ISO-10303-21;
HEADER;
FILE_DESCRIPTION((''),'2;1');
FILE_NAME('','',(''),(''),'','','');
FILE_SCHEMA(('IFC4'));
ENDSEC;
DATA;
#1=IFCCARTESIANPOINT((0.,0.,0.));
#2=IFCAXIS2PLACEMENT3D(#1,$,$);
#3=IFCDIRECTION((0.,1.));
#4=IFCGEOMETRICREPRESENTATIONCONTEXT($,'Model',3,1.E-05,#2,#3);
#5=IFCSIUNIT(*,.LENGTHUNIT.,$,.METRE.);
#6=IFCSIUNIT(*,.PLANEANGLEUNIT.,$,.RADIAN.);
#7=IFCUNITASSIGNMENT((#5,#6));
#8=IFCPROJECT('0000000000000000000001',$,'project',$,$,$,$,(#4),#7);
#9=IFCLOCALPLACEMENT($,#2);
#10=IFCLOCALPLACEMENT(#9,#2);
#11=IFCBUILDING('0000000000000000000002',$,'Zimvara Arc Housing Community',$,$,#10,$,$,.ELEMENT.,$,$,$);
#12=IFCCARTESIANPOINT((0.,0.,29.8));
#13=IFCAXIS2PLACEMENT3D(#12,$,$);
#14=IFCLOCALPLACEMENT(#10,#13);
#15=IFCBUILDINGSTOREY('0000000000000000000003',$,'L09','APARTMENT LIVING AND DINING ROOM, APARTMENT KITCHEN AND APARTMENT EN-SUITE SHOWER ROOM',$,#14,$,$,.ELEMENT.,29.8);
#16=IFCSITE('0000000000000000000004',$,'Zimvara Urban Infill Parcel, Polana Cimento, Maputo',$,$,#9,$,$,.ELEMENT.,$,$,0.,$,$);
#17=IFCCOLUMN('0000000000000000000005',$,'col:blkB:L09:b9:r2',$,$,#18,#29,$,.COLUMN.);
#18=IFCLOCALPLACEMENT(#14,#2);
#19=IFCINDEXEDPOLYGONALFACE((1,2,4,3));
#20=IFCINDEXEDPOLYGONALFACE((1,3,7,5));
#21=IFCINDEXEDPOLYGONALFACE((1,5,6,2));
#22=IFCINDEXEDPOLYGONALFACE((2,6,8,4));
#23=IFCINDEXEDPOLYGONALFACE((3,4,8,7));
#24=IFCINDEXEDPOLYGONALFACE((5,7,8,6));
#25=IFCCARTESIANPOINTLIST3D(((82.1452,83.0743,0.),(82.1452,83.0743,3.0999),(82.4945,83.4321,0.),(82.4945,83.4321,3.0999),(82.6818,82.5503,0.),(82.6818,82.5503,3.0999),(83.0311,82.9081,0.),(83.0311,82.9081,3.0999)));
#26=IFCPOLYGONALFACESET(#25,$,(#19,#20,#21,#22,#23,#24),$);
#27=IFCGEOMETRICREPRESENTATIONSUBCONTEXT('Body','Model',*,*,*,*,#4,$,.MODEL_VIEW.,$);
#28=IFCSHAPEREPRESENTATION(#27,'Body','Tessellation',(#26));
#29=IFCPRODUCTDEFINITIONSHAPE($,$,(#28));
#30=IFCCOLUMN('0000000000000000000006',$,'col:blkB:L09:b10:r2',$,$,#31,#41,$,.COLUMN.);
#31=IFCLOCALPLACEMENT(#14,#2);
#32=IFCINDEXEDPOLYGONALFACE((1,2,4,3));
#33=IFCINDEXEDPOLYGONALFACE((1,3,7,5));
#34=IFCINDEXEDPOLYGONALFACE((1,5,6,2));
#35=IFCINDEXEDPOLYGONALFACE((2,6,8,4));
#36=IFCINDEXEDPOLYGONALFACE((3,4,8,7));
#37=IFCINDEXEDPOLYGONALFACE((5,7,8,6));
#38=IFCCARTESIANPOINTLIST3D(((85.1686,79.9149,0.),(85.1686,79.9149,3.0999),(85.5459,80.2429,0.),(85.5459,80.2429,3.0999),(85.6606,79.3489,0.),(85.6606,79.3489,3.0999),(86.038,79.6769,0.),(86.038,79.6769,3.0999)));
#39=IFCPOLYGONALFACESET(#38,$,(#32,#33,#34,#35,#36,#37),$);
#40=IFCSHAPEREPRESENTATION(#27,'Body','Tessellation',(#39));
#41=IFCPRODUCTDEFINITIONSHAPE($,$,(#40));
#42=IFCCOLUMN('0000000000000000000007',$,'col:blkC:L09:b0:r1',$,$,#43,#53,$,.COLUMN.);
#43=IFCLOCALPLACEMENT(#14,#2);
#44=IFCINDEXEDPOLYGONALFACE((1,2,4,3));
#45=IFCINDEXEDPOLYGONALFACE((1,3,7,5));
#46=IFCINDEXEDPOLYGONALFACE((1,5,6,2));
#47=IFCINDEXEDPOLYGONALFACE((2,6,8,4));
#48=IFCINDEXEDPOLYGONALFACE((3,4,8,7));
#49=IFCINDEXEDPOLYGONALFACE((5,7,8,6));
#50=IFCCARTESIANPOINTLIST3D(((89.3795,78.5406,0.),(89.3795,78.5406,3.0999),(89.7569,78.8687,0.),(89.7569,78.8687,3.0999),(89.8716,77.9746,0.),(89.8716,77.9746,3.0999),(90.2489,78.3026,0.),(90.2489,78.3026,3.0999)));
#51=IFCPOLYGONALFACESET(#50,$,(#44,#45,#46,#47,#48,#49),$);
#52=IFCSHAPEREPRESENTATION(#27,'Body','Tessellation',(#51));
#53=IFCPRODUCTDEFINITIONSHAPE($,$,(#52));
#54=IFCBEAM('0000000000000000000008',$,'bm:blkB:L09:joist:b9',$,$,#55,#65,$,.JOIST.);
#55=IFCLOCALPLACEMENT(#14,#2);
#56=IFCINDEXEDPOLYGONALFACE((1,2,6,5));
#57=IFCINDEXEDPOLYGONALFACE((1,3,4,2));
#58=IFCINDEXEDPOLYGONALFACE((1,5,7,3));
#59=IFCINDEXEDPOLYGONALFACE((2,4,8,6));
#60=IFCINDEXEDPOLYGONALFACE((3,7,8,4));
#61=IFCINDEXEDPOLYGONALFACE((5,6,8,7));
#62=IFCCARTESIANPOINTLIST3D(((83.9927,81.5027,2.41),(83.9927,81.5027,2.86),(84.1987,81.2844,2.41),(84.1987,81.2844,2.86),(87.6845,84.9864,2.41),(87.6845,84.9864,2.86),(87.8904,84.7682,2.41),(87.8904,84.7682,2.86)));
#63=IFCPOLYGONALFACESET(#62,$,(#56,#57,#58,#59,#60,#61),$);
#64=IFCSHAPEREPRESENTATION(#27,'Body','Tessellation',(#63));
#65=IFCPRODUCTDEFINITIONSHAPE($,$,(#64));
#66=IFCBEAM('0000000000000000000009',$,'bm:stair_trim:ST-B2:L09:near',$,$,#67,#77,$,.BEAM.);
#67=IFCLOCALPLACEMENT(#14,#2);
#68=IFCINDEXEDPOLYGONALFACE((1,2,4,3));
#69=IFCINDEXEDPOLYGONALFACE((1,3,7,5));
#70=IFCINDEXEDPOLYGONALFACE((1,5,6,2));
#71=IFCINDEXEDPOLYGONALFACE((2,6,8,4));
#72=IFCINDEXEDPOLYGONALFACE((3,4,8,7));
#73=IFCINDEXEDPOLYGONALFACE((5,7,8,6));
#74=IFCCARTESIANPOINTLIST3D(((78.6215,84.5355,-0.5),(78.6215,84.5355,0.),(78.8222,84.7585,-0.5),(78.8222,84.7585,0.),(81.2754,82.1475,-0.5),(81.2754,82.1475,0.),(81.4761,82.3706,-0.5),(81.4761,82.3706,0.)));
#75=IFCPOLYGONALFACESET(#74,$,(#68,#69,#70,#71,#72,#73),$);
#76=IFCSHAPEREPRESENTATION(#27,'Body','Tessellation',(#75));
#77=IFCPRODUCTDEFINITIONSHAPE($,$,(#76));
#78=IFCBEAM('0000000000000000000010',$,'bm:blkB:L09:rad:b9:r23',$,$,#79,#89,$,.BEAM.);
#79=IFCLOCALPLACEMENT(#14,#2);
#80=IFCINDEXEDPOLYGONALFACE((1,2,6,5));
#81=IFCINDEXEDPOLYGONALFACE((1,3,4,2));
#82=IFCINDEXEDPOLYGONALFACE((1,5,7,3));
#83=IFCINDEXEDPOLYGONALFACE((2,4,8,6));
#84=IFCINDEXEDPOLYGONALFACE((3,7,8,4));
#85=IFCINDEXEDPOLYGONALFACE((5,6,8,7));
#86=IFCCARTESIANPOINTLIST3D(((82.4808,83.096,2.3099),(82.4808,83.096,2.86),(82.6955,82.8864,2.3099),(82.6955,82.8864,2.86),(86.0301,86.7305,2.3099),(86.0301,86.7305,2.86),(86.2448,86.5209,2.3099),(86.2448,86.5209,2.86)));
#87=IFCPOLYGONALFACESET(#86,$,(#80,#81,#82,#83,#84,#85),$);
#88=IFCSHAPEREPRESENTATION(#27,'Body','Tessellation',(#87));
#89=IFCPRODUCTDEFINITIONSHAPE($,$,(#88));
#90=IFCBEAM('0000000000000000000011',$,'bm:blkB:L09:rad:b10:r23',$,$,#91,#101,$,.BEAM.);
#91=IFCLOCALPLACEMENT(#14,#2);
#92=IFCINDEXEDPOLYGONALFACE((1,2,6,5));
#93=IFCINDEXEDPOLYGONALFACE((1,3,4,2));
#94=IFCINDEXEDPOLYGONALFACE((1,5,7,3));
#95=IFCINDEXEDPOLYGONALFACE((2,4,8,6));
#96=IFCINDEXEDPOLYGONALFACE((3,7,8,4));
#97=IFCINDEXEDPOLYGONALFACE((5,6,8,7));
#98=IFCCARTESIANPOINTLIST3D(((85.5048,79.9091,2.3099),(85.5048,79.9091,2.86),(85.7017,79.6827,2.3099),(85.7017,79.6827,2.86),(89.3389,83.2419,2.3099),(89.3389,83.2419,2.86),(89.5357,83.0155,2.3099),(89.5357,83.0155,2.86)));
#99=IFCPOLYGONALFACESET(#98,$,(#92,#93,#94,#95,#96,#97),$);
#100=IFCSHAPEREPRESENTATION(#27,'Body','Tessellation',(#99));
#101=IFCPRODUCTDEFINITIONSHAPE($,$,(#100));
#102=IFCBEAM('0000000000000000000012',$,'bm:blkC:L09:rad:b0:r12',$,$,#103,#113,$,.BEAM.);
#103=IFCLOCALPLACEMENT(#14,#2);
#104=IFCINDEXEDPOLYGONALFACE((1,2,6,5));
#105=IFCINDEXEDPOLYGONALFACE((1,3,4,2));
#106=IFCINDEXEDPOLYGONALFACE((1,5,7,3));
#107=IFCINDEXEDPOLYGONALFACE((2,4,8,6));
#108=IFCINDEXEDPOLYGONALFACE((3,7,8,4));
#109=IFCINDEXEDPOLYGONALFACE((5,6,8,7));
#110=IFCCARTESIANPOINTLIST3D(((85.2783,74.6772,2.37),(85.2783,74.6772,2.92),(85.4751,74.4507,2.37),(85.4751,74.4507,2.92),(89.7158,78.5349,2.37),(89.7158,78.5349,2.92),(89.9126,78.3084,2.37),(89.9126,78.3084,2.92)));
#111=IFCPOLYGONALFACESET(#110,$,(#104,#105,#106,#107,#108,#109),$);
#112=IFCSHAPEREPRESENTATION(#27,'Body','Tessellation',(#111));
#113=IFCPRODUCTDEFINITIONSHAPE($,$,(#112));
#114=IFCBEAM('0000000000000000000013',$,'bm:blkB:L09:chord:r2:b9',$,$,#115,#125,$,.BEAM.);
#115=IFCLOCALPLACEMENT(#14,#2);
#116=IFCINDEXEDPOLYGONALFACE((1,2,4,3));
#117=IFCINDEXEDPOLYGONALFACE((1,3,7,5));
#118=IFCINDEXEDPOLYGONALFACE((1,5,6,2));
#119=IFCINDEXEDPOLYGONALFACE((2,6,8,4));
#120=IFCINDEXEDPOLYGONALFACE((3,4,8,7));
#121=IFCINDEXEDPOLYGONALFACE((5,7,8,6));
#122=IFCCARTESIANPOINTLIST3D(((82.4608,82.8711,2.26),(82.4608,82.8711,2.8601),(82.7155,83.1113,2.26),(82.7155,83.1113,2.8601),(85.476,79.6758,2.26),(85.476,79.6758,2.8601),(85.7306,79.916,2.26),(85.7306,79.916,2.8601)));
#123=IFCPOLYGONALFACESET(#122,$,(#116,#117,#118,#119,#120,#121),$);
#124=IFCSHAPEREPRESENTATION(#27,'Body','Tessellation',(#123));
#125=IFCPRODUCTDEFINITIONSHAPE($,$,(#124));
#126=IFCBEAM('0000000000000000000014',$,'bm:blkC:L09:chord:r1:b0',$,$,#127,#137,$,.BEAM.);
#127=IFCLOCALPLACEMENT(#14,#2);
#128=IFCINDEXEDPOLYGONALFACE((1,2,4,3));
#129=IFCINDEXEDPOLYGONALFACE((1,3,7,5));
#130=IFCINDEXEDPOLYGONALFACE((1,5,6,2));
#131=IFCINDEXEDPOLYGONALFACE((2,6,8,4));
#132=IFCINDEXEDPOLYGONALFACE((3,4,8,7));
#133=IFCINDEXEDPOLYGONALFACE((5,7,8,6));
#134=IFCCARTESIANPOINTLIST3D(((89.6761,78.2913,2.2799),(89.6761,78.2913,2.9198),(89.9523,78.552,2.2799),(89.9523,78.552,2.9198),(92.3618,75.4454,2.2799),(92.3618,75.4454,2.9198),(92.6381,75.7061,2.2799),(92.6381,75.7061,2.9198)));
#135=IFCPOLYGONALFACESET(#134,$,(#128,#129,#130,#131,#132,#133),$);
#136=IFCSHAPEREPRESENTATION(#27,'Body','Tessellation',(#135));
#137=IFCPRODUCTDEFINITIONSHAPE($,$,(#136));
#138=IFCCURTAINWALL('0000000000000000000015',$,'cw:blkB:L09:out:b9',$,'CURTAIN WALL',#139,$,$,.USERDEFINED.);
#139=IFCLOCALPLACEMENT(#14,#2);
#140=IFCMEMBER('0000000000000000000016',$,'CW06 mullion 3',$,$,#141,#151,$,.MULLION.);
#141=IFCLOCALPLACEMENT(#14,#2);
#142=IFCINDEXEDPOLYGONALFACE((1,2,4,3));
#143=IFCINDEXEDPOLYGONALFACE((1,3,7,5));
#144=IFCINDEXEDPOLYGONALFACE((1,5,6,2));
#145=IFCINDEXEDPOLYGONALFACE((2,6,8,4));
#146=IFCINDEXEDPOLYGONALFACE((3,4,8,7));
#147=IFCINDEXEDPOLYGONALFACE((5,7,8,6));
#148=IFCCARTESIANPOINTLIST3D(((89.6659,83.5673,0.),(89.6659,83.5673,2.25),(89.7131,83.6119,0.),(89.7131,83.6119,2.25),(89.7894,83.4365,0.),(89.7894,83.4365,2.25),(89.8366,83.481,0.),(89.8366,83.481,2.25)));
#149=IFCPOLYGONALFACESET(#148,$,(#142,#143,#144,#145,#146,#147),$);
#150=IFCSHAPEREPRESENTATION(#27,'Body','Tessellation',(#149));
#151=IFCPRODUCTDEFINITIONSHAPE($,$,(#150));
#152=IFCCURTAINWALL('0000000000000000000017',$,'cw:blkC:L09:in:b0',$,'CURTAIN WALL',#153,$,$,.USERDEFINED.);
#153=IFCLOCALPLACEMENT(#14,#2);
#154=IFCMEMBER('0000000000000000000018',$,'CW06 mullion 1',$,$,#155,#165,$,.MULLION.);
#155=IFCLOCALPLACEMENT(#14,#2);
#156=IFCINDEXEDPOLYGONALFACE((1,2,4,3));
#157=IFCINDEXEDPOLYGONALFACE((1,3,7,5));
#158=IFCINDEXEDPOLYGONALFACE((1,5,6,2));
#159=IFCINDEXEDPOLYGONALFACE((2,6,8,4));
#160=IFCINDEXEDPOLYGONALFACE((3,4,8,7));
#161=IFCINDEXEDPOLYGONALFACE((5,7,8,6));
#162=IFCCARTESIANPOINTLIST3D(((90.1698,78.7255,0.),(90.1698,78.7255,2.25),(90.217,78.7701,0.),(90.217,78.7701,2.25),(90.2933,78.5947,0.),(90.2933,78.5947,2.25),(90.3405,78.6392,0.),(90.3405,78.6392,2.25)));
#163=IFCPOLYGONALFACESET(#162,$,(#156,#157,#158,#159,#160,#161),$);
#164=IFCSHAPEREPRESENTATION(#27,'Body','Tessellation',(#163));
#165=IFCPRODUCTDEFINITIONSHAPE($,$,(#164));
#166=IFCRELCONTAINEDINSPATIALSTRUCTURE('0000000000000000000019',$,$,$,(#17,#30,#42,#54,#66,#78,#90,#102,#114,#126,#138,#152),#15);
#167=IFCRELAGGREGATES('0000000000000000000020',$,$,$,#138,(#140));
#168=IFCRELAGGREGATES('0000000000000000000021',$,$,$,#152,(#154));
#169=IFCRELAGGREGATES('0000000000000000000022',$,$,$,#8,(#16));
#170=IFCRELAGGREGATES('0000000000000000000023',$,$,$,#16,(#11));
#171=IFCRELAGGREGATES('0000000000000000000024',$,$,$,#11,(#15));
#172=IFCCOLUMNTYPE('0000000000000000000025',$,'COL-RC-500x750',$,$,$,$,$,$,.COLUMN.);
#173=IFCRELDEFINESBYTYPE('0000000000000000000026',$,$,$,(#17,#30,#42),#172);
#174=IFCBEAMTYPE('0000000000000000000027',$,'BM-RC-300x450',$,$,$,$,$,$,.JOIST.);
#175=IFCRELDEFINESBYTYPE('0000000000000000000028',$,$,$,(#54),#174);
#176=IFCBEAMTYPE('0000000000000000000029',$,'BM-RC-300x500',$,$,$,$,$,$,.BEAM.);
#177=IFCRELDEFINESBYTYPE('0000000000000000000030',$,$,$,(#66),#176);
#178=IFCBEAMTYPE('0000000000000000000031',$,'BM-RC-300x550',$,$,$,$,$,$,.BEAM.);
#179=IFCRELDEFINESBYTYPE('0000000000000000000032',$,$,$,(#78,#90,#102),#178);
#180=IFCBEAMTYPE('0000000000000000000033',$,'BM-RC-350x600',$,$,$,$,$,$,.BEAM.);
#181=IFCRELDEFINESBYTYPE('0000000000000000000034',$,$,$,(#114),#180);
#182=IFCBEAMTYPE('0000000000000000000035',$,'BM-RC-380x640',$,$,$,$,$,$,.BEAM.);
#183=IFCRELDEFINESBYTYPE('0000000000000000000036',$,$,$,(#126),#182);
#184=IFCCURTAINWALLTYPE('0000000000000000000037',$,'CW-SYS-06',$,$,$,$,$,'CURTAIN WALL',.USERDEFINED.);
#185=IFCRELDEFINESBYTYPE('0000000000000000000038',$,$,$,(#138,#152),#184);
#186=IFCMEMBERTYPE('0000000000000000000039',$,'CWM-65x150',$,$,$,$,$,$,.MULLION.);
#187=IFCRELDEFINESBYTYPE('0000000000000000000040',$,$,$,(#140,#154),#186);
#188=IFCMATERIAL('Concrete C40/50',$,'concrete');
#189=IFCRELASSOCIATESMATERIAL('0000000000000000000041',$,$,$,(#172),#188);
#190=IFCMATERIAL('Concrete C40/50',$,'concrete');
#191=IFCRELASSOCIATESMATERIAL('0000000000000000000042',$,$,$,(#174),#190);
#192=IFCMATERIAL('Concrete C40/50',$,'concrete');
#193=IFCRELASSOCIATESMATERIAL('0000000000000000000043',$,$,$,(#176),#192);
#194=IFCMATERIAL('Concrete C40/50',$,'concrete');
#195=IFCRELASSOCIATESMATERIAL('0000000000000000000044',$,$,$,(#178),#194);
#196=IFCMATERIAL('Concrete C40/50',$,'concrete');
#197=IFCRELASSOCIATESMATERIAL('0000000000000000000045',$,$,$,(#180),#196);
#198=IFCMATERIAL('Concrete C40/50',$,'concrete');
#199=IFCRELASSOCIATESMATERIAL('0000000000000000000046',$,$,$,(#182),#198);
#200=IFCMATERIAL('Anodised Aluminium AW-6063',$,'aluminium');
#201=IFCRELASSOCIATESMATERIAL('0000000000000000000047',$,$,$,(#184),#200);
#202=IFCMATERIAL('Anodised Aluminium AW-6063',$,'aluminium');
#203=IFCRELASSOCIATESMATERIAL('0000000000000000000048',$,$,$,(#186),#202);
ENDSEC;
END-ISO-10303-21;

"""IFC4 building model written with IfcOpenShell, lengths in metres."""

from ifc_helpers import new_model, si_unit, direction, frame, origin, origin_2d, place, context, subcontext, project, spatial, rectangle, extrude, material, material_profile, profile_set, type_object, element, aggregate, save


model = new_model("IFC4")

# Units and contexts
model_context = context("Model", 3, precision=1e-05, world=origin(), true_north=direction((0.0, 1.0)))
body_context = subcontext(model_context, "Body", "Model", "MODEL_VIEW")
ifc_project = project(units=[si_unit("LENGTHUNIT", "METRE"), si_unit("PLANEANGLEUNIT", "RADIAN")], contexts=[model_context])

# Site, building, storey
site_placement = place(None, origin())
site = spatial("IfcSite", under=ifc_project, at=site_placement, Name="Zimvara Urban Infill Parcel, Polana Cimento, Maputo", CompositionType="ELEMENT", RefElevation=0.0)
building_placement = place(site_placement, origin())
building = spatial("IfcBuilding", under=site, at=building_placement, Name="Zimvara Arc Housing Community", CompositionType="ELEMENT")
storey_placement = place(building_placement, frame((0.0, 0.0, 29.8)))
storey = spatial("IfcBuildingStorey", under=building, at=storey_placement, Name="L09", Description="APARTMENT LIVING AND DINING ROOM, APARTMENT KITCHEN AND APARTMENT EN-SUITE SHOWER ROOM", CompositionType="ELEMENT", Elevation=29.8)

# Columns
ifc_material_1 = material(Name="Concrete C40/50", Category="concrete")
ifc_material_profile_1 = material_profile(ifc_material_1, rectangle(XDim=0.5, YDim=0.75, at=origin_2d()), Name="RC 500x750")
ifc_profile_set_1 = profile_set([ifc_material_profile_1], Name="Concrete C40/50")
column_type_1 = type_object("IfcColumnType", Name="COL-RC-500x750", PredefinedType="COLUMN", material=ifc_profile_set_1)
for number, where, z_axis, x_axis, name in (
    (1, (82.5881, 82.9912, 0.0), (0.0, 0.0, 1.0), (0.698665, 0.715449, 0.0), "col:blkB:L09:b9:r2"),
    (2, (85.6033, 79.7959, 0.0), (0.0, 0.0, 1.0), (0.75471, 0.656059, 0.0), "col:blkB:L09:b10:r2"),
    (3, (89.8142, 78.4216, 0.0), (0.0, 0.0, 1.0), (-0.75471, -0.656059, 0.0), "col:blkC:L09:b0:r1"),
):
    element("IfcColumn", number, at=place(storey_placement, frame(where, z_axis=z_axis, x_axis=x_axis)), inside=storey, type_object=column_type_1, Name=name, PredefinedType="COLUMN", context=body_context, shape_type="SweptSolid", body=[
        extrude(rectangle(XDim=0.5, YDim=0.75, at=origin_2d()), origin(), (0.0, 0.0, 1.0), 3.0999),
    ])

# Beams
ifc_material_2 = material(Name="Concrete C40/50", Category="concrete")
ifc_material_profile_2 = material_profile(ifc_material_2, rectangle(XDim=0.3, YDim=0.45, at=origin_2d()), Name="RC 300x450")
ifc_profile_set_2 = profile_set([ifc_material_profile_2], Name="Concrete C40/50")
beam_type_1 = type_object("IfcBeamType", Name="BM-RC-300x450", PredefinedType="JOIST", material=ifc_profile_set_2)
beam_1_placement = place(storey_placement, frame((84.0957, 81.3936, 2.635), z_axis=(0.7273, 0.68632, 0.0), x_axis=(-0.68632, 0.7273, 0.0)))
element("IfcBeam", 4, at=beam_1_placement, inside=storey, type_object=beam_type_1, Name="bm:blkB:L09:joist:b9", PredefinedType="JOIST", context=body_context, shape_type="SweptSolid", body=[
    extrude(rectangle(XDim=0.3, YDim=0.45, at=origin_2d()), origin(), (0.0, 0.0, 1.0), 5.0759),
])
ifc_material_3 = material(Name="Concrete C40/50", Category="concrete")
ifc_material_profile_3 = material_profile(ifc_material_3, rectangle(XDim=0.3, YDim=0.5, at=origin_2d()), Name="RC 300x500")
ifc_profile_set_3 = profile_set([ifc_material_profile_3], Name="Concrete C40/50")
beam_type_2 = type_object("IfcBeamType", Name="BM-RC-300x500", PredefinedType="BEAM", material=ifc_profile_set_3)
beam_2_placement = place(storey_placement, frame((81.3757, 82.259, -0.25), z_axis=(-0.743362, 0.668889, 0.0), x_axis=(-0.668889, -0.743362, 0.0)))
element("IfcBeam", 5, at=beam_2_placement, inside=storey, type_object=beam_type_2, Name="bm:stair_trim:ST-B2:L09:near", PredefinedType="BEAM", context=body_context, shape_type="SweptSolid", body=[
    extrude(rectangle(XDim=0.3, YDim=0.5, at=origin_2d()), origin(), (0.0, 0.0, 1.0), 3.5701),
])
ifc_material_4 = material(Name="Concrete C40/50", Category="concrete")
ifc_material_profile_4 = material_profile(ifc_material_4, rectangle(XDim=0.3, YDim=0.55, at=origin_2d()), Name="RC 300x550")
ifc_profile_set_4 = profile_set([ifc_material_profile_4], Name="Concrete C40/50")
beam_type_3 = type_object("IfcBeamType", Name="BM-RC-300x550", PredefinedType="BEAM", material=ifc_profile_set_4)
for number, where, z_axis, x_axis, name in (
    (6, (82.5881, 82.9912, 2.585), (0.698671, 0.715443, 0.0), (-0.715443, 0.698671, 0.0), "bm:blkB:L09:rad:b9:r23"),
    (7, (85.6033, 79.7959, 2.585), (0.754716, 0.656051, 0.0), (-0.656051, 0.754716, 0.0), "bm:blkB:L09:rad:b10:r23"),
):
    element("IfcBeam", number, at=place(storey_placement, frame(where, z_axis=z_axis, x_axis=x_axis)), inside=storey, type_object=beam_type_3, Name=name, PredefinedType="BEAM", context=body_context, shape_type="SweptSolid", body=[
        extrude(rectangle(XDim=0.3, YDim=0.55, at=origin_2d()), origin(), (0.0, 0.0, 1.0), 5.0801),
    ])
beam_3_placement = place(storey_placement, frame((89.8142, 78.4216, 2.645), z_axis=(-0.754692, -0.656079, 0.0), x_axis=(0.656079, -0.754692, 0.0)))
element("IfcBeam", 8, at=beam_3_placement, inside=storey, type_object=beam_type_3, Name="bm:blkC:L09:rad:b0:r12", PredefinedType="BEAM", context=body_context, shape_type="SweptSolid", body=[
    extrude(rectangle(XDim=0.3, YDim=0.55, at=origin_2d()), origin(), (0.0, 0.0, 1.0), 5.8799),
])
ifc_material_5 = material(Name="Concrete C40/50", Category="concrete")
ifc_material_profile_5 = material_profile(ifc_material_5, rectangle(XDim=0.3501, YDim=0.6001, at=origin_2d()), Name="RC 350x600")
ifc_profile_set_5 = profile_set([ifc_material_profile_5], Name="Concrete C40/50")
beam_type_4 = type_object("IfcBeamType", Name="BM-RC-350x600", PredefinedType="BEAM", material=ifc_profile_set_5)
beam_4_placement = place(storey_placement, frame((82.5881, 82.9912, 2.5601), z_axis=(0.686304, -0.727315, 0.0), x_axis=(0.727315, 0.686304, 0.0)))
element("IfcBeam", 9, at=beam_4_placement, inside=storey, type_object=beam_type_4, Name="bm:blkB:L09:chord:r2:b9", PredefinedType="BEAM", context=body_context, shape_type="SweptSolid", body=[
    extrude(rectangle(XDim=0.3501, YDim=0.6001, at=origin_2d()), origin(), (0.0, 0.0, 1.0), 4.3933),
])
ifc_material_6 = material(Name="Concrete C40/50", Category="concrete")
ifc_material_profile_6 = material_profile(ifc_material_6, rectangle(XDim=0.3799, YDim=0.6399, at=origin_2d()), Name="RC 380x640")
ifc_profile_set_6 = profile_set([ifc_material_profile_6], Name="Concrete C40/50")
beam_type_5 = type_object("IfcBeamType", Name="BM-RC-380x640", PredefinedType="BEAM", material=ifc_profile_set_6)
beam_5_placement = place(storey_placement, frame((89.8142, 78.4216, 2.5999), z_axis=(0.686347, -0.727274, 0.0), x_axis=(0.727274, 0.686347, 0.0)))
element("IfcBeam", 10, at=beam_5_placement, inside=storey, type_object=beam_type_5, Name="bm:blkC:L09:chord:r1:b0", PredefinedType="BEAM", context=body_context, shape_type="SweptSolid", body=[
    extrude(rectangle(XDim=0.3799, YDim=0.6399, at=origin_2d()), origin(), (0.0, 0.0, 1.0), 3.9131),
])

# Curtain walls, members
ifc_material_7 = material(Name="Anodised Aluminium AW-6063", Category="aluminium")
curtain_wall_type = type_object("IfcCurtainWallType", Name="CW-SYS-06", ElementType="CURTAIN WALL", PredefinedType="USERDEFINED", material=ifc_material_7)
curtain_wall_1_placement = place(storey_placement, origin())
curtain_wall_1 = element("IfcCurtainWall", 11, at=curtain_wall_1_placement, inside=storey, type_object=curtain_wall_type, Name="cw:blkB:L09:out:b9", ObjectType="CURTAIN WALL", PredefinedType="USERDEFINED")
ifc_material_8 = material(Name="Anodised Aluminium AW-6063", Category="aluminium")
ifc_material_profile_7 = material_profile(ifc_material_8, rectangle(XDim=0.0649, YDim=0.1799, at=origin_2d()), Name="ALU 65x180")
ifc_profile_set_7 = profile_set([ifc_material_profile_7], Name="Anodised Aluminium AW-6063")
member_type = type_object("IfcMemberType", Name="CWM-65x150", PredefinedType="MULLION", material=ifc_profile_set_7)
member_1_placement = place(storey_placement, frame((89.7512, 83.5242, 0.0), z_axis=(0.0, 0.0, 1.0), x_axis=(0.727294, 0.686326, 0.0)))
member_1 = element("IfcMember", 12, at=member_1_placement, type_object=member_type, Name="CW06 mullion 3", PredefinedType="MULLION", context=body_context, shape_type="SweptSolid", body=[
    extrude(rectangle(XDim=0.0649, YDim=0.1799, at=origin_2d()), origin(), (0.0, 0.0, 1.0), 2.25),
])
aggregate(curtain_wall_1, [member_1])
curtain_wall_2_placement = place(storey_placement, origin())
curtain_wall_2 = element("IfcCurtainWall", 13, at=curtain_wall_2_placement, inside=storey, type_object=curtain_wall_type, Name="cw:blkC:L09:in:b0", ObjectType="CURTAIN WALL", PredefinedType="USERDEFINED")
member_2_placement = place(storey_placement, frame((90.2551, 78.6824, 0.0), z_axis=(0.0, 0.0, 1.0), x_axis=(0.727294, 0.686326, 0.0)))
member_2 = element("IfcMember", 14, at=member_2_placement, type_object=member_type, Name="CW06 mullion 1", PredefinedType="MULLION", context=body_context, shape_type="SweptSolid", body=[
    extrude(rectangle(XDim=0.0649, YDim=0.1799, at=origin_2d()), origin(), (0.0, 0.0, 1.0), 2.25),
])
aggregate(curtain_wall_2, [member_2])

save(model, "model.ifc")
